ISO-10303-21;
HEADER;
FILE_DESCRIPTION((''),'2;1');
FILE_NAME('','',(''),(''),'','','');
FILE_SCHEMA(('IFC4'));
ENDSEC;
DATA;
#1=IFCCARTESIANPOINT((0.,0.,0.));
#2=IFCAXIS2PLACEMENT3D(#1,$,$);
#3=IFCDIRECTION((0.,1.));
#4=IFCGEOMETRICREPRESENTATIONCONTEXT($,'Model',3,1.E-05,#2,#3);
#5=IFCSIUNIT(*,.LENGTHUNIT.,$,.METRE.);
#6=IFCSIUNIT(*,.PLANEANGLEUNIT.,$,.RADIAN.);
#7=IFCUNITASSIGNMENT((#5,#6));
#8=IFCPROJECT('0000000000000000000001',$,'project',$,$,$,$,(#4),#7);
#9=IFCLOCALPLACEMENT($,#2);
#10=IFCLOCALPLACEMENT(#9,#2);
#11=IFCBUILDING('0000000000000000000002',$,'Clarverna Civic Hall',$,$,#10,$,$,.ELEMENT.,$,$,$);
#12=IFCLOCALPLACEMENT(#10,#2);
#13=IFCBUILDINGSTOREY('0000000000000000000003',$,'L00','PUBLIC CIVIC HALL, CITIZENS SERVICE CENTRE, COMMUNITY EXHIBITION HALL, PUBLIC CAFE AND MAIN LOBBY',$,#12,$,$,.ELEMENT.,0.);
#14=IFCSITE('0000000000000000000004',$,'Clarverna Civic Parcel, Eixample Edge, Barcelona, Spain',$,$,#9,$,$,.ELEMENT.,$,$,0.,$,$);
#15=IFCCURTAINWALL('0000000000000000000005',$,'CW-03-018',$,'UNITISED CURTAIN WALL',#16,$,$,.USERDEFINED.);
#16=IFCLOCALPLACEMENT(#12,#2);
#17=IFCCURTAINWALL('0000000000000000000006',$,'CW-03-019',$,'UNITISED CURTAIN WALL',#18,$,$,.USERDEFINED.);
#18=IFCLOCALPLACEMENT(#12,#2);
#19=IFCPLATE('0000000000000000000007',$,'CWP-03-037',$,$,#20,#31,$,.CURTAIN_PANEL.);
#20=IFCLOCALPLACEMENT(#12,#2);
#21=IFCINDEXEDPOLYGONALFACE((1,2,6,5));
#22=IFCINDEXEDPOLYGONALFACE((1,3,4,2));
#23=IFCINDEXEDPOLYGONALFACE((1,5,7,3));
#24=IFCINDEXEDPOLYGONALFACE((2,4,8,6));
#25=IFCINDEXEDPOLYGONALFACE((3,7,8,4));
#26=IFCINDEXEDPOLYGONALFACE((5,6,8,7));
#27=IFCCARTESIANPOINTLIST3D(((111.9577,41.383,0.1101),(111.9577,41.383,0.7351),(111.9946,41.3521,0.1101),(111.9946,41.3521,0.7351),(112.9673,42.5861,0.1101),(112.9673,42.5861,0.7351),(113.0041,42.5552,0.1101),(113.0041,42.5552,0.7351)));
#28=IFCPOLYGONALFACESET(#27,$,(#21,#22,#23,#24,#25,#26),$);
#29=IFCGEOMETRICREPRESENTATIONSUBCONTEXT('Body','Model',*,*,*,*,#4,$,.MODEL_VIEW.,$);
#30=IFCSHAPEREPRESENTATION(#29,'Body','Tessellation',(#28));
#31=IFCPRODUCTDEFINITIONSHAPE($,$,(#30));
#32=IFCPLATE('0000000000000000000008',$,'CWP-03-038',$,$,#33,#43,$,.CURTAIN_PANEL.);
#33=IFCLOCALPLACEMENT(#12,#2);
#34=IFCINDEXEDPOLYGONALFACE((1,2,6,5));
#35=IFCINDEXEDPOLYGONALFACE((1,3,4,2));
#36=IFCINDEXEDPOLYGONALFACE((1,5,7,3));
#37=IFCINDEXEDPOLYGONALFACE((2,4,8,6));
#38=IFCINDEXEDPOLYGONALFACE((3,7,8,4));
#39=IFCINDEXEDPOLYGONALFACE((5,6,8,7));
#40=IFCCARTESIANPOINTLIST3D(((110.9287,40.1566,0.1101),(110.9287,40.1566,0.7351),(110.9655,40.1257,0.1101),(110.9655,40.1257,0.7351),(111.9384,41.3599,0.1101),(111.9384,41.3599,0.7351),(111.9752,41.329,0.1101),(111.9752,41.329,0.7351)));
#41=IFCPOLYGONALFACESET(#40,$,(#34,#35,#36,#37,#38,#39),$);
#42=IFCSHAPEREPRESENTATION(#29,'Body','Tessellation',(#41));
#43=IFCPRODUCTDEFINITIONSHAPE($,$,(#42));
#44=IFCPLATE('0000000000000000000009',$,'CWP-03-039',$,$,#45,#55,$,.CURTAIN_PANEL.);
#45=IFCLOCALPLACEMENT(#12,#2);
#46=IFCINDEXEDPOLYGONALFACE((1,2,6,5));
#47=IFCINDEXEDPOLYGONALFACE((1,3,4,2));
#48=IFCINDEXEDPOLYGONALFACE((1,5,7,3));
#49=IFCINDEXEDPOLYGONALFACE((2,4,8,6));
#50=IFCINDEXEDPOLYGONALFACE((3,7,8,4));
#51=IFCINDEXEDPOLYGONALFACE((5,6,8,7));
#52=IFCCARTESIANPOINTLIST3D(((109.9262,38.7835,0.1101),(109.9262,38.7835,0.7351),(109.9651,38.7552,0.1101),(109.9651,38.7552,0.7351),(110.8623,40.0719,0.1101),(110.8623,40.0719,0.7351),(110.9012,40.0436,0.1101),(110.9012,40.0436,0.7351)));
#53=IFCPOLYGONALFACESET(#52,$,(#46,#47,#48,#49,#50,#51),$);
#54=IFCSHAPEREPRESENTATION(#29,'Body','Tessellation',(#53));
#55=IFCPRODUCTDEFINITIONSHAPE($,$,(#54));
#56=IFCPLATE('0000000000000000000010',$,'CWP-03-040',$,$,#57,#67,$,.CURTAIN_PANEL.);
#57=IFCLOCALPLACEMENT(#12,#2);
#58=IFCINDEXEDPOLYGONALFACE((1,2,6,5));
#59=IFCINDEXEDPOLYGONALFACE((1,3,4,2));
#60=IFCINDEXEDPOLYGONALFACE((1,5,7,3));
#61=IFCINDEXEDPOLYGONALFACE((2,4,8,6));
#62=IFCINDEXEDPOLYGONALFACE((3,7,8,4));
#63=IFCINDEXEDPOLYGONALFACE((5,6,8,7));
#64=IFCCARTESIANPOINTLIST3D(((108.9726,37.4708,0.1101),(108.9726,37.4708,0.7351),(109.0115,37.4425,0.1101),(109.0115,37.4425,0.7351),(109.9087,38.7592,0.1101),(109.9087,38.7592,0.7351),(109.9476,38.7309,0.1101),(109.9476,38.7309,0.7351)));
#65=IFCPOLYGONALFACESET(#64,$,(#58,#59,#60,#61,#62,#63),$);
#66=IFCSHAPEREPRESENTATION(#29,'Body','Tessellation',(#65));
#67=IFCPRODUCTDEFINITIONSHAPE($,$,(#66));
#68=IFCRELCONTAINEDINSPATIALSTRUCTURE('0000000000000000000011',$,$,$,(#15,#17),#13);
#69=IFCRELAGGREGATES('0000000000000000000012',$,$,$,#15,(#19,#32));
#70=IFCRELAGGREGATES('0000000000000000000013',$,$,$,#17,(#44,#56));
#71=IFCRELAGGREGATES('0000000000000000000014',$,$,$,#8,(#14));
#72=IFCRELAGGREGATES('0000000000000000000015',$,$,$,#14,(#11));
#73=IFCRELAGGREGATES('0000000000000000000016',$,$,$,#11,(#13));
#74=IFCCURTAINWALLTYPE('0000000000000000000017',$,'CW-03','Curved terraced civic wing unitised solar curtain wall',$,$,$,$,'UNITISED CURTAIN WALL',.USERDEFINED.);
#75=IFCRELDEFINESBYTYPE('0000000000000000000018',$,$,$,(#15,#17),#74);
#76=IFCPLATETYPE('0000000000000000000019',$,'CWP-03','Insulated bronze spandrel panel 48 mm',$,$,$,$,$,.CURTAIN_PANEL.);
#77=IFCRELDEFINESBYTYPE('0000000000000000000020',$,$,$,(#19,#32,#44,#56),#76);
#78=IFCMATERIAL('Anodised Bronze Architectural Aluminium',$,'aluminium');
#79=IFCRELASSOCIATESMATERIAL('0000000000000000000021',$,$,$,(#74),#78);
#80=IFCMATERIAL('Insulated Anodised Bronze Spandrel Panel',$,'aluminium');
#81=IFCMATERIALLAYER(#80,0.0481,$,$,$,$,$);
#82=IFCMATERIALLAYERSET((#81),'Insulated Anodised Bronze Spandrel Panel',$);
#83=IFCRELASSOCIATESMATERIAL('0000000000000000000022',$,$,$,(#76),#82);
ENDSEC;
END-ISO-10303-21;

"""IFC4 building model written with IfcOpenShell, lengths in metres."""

from ifc_helpers import new_model, si_unit, direction, frame, frame_2d, origin, place, context, subcontext, project, spatial, rectangle, extrude, material, layer, layer_set, type_object, element, aggregate, save


model = new_model("IFC4")

# Units and contexts
model_context = context("Model", 3, precision=1e-05, world=origin(), true_north=direction((0.0, 1.0)))
body_context = subcontext(model_context, "Body", "Model", "MODEL_VIEW")
ifc_project = project(units=[si_unit("LENGTHUNIT", "METRE"), si_unit("PLANEANGLEUNIT", "RADIAN")], contexts=[model_context])

# Site, building, storey
site_placement = place(None, origin())
site = spatial("IfcSite", under=ifc_project, at=site_placement, Name="Clarverna Civic Parcel, Eixample Edge, Barcelona, Spain", CompositionType="ELEMENT", RefElevation=0.0)
building_placement = place(site_placement, origin())
building = spatial("IfcBuilding", under=site, at=building_placement, Name="Clarverna Civic Hall", CompositionType="ELEMENT")
storey_placement = place(building_placement, origin())
storey = spatial("IfcBuildingStorey", under=building, at=storey_placement, Name="L00", Description="PUBLIC CIVIC HALL, CITIZENS SERVICE CENTRE, COMMUNITY EXHIBITION HALL, PUBLIC CAFE AND MAIN LOBBY", CompositionType="ELEMENT", Elevation=0.0)

# Curtain walls
ifc_material_1 = material(Name="Anodised Bronze Architectural Aluminium", Category="aluminium")
curtain_wall_type = type_object("IfcCurtainWallType", Name="CW-03", Description="Curved terraced civic wing unitised solar curtain wall", ElementType="UNITISED CURTAIN WALL", PredefinedType="USERDEFINED", material=ifc_material_1)
curtain_wall_1_placement = place(storey_placement, origin())
curtain_wall_1 = element("IfcCurtainWall", 1, at=curtain_wall_1_placement, inside=storey, type_object=curtain_wall_type, Name="CW-03-018", ObjectType="UNITISED CURTAIN WALL", PredefinedType="USERDEFINED")
curtain_wall_2_placement = place(storey_placement, origin())
curtain_wall_2 = element("IfcCurtainWall", 2, at=curtain_wall_2_placement, inside=storey, type_object=curtain_wall_type, Name="CW-03-019", ObjectType="UNITISED CURTAIN WALL", PredefinedType="USERDEFINED")

# Plates
ifc_material_2 = material(Name="Insulated Anodised Bronze Spandrel Panel", Category="aluminium")
ifc_layer_1 = layer(ifc_material_2, 0.0481)
ifc_layer_set_1 = layer_set([ifc_layer_1], Name="Insulated Anodised Bronze Spandrel Panel")
plate_type_1 = type_object("IfcPlateType", Name="CWP-03", Description="Insulated bronze spandrel panel 48 mm", PredefinedType="CURTAIN_PANEL", material=ifc_layer_set_1)
plate_1_placement = place(storey_placement, frame((112.9856, 42.5706, 0.1101), z_axis=(0.0, 0.0, 1.0), x_axis=(-0.64278, -0.766051, 0.0)))
plate_1 = element("IfcPlate", 3, at=plate_1_placement, type_object=plate_type_1, Name="CWP-03-037", PredefinedType="CURTAIN_PANEL", context=body_context, shape_type="SweptSolid", body=[
    extrude(rectangle(XDim=1.5706, YDim=0.0481, at=frame_2d((0.7852, 0.0))), origin(), (0.0, 0.0, 1.0), 0.625),
])
plate_2_placement = place(storey_placement, frame((111.9568, 41.3445, 0.1101), z_axis=(0.0, 0.0, 1.0), x_axis=(-0.642795, -0.766038, 0.0)))
plate_2 = element("IfcPlate", 4, at=plate_2_placement, type_object=plate_type_1, Name="CWP-03-038", PredefinedType="CURTAIN_PANEL", context=body_context, shape_type="SweptSolid", body=[
    extrude(rectangle(XDim=1.5708, YDim=0.0481, at=frame_2d((0.7854, 0.0))), origin(), (0.0, 0.0, 1.0), 0.625),
])
aggregate(curtain_wall_1, [plate_1, plate_2])
plate_3_placement = place(storey_placement, frame((110.8818, 40.0579, 0.1101), z_axis=(0.0, 0.0, 1.0), x_axis=(-0.587789, -0.809014, 0.0)))
plate_3 = element("IfcPlate", 5, at=plate_3_placement, type_object=plate_type_1, Name="CWP-03-039", PredefinedType="CURTAIN_PANEL", context=body_context, shape_type="SweptSolid", body=[
    extrude(rectangle(XDim=1.5925, YDim=0.0481, at=frame_2d((0.7964, 0.0))), origin(), (0.0, 0.0, 1.0), 0.625),
])
plate_4_placement = place(storey_placement, frame((109.9282, 38.7451, 0.1101), z_axis=(0.0, 0.0, 1.0), x_axis=(-0.587789, -0.809014, 0.0)))
plate_4 = element("IfcPlate", 6, at=plate_4_placement, type_object=plate_type_1, Name="CWP-03-040", PredefinedType="CURTAIN_PANEL", context=body_context, shape_type="SweptSolid", body=[
    extrude(rectangle(XDim=1.5925, YDim=0.0481, at=frame_2d((0.7964, 0.0))), origin(), (0.0, 0.0, 1.0), 0.625),
])
aggregate(curtain_wall_2, [plate_3, plate_4])

save(model, "model.ifc")
